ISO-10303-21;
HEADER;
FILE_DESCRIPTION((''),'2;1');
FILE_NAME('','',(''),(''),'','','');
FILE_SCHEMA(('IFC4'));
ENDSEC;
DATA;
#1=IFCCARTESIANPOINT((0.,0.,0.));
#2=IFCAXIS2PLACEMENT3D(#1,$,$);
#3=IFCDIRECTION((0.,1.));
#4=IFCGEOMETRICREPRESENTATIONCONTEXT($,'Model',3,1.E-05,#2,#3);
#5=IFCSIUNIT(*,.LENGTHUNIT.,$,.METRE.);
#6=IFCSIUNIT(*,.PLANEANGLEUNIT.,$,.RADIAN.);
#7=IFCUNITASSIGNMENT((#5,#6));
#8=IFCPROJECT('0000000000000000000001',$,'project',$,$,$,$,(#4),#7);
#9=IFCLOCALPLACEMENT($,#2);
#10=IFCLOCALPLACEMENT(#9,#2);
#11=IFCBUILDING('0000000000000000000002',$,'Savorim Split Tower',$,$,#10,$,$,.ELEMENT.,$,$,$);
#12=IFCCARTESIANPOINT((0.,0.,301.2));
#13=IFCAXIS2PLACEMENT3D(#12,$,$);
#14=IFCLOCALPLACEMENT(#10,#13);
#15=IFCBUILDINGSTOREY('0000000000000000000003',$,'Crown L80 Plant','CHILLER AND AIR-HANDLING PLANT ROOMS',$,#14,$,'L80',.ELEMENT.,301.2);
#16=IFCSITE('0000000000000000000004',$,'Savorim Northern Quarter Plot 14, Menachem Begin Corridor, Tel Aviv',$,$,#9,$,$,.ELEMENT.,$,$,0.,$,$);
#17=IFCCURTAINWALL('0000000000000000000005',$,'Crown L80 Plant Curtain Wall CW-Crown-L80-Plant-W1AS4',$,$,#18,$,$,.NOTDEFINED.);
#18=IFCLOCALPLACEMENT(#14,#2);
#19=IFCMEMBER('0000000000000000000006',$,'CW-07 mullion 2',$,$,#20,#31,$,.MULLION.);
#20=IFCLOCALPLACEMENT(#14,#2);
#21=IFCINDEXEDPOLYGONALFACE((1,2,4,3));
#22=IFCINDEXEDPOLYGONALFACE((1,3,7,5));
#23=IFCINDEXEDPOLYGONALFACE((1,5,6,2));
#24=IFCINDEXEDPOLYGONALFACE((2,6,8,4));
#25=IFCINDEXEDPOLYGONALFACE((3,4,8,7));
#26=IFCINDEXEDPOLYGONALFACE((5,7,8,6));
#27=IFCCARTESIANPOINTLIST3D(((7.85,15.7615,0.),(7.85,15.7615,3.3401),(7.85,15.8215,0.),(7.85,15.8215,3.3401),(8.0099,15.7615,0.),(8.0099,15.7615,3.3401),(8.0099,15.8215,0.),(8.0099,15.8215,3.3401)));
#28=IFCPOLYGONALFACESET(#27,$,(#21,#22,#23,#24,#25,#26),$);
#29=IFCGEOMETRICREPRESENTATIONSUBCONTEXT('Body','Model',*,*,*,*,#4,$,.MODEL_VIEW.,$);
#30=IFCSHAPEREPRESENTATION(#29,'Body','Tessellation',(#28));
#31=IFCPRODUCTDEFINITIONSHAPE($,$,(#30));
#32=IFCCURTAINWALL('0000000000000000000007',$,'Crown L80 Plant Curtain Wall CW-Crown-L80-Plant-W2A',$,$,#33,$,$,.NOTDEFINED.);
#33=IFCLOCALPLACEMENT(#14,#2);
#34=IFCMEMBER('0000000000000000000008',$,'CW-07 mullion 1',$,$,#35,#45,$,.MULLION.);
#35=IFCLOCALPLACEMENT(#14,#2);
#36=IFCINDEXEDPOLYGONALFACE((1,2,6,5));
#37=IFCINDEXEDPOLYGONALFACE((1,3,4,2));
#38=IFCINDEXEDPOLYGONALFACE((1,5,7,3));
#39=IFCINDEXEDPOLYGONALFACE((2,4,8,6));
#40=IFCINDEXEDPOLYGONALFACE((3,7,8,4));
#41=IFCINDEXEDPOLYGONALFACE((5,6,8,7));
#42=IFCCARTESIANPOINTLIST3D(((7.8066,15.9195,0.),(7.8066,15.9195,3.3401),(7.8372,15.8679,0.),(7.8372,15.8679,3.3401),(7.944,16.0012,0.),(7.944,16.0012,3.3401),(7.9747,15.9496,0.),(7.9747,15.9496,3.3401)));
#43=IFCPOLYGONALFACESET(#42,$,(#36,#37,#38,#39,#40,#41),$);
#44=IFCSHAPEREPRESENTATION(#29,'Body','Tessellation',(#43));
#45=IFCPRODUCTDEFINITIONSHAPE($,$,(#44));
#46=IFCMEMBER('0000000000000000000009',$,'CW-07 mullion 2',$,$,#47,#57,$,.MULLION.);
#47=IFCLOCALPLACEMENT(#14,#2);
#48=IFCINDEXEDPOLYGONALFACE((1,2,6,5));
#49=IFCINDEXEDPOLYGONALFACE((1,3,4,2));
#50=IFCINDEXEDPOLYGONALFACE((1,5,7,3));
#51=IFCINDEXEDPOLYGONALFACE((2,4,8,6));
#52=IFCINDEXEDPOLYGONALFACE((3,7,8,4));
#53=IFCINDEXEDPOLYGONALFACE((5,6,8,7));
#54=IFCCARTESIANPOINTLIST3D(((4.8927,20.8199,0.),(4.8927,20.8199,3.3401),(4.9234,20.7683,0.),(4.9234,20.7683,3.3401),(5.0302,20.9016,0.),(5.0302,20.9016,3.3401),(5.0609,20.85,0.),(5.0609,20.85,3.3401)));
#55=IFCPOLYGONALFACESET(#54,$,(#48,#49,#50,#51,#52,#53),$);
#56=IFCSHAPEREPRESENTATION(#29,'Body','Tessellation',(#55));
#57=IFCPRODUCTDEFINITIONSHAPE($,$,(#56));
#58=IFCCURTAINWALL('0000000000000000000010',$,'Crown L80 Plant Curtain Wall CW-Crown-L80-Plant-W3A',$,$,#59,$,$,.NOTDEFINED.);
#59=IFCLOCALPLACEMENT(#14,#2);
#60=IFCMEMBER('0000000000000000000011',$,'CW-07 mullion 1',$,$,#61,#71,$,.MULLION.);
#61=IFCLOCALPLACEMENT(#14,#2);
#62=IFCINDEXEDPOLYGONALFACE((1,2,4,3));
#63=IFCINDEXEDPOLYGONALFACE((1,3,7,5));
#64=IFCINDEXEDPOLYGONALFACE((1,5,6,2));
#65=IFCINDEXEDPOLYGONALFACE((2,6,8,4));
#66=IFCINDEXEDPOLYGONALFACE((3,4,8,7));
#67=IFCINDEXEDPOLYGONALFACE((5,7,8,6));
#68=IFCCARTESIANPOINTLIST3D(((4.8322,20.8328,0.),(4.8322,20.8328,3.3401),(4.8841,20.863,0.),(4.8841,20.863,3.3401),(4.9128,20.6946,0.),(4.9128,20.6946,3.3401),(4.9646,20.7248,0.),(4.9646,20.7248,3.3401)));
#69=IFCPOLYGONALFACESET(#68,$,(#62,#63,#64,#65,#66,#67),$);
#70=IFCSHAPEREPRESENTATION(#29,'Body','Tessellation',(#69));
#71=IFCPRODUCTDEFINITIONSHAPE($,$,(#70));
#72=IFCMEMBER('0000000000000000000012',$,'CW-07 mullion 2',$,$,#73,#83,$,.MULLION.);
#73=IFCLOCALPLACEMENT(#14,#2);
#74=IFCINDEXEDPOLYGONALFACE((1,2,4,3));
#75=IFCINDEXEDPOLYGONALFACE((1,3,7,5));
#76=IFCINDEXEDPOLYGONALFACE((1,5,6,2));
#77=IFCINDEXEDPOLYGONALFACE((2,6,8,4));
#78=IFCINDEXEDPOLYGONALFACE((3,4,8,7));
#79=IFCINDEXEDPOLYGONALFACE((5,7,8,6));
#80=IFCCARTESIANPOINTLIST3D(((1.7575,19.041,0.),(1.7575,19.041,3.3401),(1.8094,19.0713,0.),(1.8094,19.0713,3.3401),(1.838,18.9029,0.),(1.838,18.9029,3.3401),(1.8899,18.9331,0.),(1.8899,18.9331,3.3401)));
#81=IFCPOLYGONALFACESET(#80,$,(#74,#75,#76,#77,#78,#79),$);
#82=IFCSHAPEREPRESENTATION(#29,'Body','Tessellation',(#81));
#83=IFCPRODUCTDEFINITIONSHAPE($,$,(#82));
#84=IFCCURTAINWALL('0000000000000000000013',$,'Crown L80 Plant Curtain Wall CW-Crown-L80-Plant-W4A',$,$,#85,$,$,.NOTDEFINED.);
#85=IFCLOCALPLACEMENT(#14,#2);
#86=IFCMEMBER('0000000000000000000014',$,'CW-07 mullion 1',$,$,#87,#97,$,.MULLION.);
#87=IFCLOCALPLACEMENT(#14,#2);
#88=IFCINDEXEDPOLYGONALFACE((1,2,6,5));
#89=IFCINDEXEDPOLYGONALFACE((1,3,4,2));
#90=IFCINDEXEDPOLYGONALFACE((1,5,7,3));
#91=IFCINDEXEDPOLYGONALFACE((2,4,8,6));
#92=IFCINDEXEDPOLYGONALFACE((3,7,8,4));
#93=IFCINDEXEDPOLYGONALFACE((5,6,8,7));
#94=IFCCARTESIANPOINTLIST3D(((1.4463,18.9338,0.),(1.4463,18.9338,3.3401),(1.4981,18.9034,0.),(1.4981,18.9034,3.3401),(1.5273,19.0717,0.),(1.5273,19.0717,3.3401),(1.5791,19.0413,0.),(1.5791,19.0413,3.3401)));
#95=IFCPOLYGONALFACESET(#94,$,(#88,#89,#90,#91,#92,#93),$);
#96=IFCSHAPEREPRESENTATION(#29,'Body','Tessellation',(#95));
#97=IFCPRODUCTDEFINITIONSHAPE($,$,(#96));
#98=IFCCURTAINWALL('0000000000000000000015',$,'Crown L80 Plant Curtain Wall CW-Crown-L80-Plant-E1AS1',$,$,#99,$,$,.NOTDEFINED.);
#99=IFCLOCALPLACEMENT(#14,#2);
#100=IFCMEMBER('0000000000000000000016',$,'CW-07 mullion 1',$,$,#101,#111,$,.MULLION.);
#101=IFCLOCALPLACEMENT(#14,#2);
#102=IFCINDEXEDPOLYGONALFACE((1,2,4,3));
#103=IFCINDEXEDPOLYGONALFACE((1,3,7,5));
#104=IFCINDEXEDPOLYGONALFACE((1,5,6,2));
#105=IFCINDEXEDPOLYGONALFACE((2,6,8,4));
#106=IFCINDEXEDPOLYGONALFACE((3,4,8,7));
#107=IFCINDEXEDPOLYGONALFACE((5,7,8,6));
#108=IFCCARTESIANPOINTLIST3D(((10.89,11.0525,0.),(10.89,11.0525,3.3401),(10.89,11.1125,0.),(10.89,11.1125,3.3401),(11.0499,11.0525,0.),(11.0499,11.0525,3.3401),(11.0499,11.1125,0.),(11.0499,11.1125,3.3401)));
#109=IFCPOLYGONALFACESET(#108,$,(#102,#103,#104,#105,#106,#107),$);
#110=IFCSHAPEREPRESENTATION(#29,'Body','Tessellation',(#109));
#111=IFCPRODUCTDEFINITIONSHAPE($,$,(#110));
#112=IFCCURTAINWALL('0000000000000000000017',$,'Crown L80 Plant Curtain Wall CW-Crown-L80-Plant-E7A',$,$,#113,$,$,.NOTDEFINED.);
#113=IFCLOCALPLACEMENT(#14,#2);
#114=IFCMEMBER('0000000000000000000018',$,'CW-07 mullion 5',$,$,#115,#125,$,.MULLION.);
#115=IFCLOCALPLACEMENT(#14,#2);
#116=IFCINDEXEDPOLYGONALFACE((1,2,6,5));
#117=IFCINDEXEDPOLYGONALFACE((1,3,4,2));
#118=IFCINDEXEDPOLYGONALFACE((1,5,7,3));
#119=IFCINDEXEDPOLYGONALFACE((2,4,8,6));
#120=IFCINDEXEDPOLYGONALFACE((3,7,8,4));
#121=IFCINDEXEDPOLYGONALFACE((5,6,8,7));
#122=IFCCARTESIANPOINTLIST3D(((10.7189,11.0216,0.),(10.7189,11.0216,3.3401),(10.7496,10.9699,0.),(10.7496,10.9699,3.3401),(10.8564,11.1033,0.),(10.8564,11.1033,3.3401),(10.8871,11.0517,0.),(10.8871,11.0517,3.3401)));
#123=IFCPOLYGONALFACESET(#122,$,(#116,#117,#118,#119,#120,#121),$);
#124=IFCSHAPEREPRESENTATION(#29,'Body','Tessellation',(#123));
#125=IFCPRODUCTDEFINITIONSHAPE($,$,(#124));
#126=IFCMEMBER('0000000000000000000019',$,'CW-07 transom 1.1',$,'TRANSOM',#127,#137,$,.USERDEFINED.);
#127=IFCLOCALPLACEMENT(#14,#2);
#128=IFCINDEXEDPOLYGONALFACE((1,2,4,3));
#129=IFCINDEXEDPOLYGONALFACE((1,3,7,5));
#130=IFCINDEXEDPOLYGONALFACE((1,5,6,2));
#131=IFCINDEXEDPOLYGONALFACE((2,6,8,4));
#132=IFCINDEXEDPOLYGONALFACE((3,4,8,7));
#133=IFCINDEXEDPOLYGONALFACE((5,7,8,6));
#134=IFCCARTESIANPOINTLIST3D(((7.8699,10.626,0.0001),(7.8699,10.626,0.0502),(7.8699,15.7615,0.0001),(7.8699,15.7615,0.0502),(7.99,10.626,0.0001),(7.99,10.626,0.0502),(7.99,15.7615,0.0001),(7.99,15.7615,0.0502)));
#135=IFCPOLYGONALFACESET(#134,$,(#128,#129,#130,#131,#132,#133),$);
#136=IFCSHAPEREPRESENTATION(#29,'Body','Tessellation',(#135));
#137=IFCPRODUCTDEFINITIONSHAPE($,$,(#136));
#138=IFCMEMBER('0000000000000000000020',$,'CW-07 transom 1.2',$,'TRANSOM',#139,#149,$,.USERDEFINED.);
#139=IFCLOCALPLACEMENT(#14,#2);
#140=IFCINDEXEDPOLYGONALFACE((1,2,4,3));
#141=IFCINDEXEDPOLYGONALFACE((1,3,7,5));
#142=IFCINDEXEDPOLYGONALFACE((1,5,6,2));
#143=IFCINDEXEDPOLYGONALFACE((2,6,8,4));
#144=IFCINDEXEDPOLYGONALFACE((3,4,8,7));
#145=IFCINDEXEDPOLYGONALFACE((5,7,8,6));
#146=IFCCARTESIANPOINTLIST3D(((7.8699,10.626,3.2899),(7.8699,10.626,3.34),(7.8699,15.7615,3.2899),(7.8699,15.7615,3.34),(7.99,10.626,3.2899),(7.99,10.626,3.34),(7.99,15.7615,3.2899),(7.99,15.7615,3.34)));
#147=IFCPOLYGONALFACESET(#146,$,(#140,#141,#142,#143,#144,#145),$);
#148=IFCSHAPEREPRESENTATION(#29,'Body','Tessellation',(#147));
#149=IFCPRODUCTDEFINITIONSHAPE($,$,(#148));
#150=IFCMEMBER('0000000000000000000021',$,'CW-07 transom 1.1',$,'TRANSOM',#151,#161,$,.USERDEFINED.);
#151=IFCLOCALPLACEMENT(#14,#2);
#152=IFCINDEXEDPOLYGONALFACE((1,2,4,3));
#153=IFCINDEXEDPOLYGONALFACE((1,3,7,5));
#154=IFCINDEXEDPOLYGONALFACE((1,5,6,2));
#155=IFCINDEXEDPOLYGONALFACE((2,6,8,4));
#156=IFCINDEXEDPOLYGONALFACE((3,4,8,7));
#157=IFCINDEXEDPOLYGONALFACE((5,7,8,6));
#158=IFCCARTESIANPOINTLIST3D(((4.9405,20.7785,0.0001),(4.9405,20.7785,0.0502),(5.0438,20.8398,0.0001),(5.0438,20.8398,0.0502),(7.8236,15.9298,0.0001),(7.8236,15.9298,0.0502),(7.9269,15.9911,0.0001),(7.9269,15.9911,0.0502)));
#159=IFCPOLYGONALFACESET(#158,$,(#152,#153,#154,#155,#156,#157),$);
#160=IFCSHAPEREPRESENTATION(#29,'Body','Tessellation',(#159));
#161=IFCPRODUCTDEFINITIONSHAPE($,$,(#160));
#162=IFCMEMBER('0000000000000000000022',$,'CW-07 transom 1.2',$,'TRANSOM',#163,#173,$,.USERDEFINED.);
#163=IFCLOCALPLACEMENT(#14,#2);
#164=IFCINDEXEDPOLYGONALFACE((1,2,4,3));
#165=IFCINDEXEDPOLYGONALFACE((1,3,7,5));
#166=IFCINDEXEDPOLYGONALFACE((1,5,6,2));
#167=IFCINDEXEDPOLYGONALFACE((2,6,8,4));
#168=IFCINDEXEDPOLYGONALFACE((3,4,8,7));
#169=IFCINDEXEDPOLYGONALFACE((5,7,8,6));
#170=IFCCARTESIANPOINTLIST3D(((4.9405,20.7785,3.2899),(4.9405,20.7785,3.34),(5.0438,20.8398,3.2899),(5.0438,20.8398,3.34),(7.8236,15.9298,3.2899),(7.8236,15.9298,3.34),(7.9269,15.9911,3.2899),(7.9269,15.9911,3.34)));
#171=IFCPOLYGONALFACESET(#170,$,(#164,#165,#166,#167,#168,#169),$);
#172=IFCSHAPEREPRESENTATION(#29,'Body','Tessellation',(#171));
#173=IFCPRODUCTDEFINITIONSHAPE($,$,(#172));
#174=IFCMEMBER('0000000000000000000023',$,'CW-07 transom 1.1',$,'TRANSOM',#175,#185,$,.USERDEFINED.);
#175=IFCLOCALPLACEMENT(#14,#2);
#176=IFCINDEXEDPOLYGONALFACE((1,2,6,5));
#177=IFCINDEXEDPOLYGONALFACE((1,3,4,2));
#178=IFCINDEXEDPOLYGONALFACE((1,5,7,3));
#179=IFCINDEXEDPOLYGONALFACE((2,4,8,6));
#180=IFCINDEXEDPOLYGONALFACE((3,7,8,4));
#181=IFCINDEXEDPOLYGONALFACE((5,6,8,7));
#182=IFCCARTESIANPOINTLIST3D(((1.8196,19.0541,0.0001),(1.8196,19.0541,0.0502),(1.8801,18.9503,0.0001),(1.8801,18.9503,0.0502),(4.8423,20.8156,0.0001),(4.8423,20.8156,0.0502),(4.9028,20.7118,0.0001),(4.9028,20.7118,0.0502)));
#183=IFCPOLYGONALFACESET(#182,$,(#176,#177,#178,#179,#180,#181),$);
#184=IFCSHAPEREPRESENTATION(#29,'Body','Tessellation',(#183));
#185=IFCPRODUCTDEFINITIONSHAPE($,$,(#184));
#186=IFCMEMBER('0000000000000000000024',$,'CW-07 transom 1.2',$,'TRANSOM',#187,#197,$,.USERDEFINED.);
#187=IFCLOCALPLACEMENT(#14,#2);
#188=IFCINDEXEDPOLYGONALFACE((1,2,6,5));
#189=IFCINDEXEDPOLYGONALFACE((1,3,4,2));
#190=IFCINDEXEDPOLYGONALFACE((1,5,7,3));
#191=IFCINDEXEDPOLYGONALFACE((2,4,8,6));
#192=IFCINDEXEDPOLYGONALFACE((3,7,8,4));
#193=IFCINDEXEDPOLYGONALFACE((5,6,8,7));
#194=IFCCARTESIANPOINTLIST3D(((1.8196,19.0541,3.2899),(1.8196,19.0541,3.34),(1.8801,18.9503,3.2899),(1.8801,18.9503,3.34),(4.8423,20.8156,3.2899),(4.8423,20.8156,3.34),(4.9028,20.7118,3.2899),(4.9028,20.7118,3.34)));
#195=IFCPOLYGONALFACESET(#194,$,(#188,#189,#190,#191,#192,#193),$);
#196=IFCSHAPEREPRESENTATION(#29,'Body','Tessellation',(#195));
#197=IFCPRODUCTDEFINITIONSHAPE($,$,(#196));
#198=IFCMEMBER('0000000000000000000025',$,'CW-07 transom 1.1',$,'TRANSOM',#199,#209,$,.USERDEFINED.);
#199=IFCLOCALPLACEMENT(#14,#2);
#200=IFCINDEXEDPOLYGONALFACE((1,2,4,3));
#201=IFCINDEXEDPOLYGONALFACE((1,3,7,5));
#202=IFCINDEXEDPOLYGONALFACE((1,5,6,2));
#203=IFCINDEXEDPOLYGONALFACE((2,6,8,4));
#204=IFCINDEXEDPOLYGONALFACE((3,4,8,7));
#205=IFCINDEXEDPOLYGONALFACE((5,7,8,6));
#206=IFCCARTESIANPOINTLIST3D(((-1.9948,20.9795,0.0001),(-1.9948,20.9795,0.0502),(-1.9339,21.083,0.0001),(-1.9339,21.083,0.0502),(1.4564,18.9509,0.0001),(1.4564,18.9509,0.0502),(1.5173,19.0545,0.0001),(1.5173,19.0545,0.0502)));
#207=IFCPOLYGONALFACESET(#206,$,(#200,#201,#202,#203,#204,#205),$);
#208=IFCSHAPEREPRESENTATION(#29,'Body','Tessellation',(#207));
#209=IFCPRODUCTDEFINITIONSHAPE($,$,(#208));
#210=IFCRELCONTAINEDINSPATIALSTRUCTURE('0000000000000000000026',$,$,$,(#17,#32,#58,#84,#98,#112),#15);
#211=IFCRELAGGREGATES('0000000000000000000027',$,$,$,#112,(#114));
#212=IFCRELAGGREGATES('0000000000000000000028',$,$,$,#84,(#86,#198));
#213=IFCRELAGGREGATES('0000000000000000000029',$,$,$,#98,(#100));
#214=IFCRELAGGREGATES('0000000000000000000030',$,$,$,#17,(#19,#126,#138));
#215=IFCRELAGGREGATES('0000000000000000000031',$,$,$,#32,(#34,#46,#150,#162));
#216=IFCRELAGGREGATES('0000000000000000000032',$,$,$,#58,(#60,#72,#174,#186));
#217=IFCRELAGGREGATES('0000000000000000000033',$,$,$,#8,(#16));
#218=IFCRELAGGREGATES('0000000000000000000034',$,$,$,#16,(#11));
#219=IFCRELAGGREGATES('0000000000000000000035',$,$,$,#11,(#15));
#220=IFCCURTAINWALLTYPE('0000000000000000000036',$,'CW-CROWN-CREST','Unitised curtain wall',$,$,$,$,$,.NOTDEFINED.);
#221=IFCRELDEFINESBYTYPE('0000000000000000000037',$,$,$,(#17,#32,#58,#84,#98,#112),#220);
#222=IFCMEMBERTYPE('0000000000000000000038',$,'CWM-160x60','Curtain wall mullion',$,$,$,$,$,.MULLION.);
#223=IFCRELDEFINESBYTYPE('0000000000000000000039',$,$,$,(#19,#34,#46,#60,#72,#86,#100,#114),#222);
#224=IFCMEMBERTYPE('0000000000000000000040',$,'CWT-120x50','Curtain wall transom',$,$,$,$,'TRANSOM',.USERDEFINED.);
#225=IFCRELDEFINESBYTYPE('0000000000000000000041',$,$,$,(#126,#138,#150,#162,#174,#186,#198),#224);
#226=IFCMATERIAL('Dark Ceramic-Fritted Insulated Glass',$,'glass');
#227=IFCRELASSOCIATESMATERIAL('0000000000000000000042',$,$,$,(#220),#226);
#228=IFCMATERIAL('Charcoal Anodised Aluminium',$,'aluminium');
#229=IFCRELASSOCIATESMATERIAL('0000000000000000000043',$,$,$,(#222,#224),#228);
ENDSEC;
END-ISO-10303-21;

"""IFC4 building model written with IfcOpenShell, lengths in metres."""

from ifc_helpers import new_model, si_unit, direction, frame, origin, origin_2d, place, context, subcontext, project, spatial, rectangle, extrude, material, material_profile, profile_set, type_object, element, aggregate, save


model = new_model("IFC4")

# Units and contexts
model_context = context("Model", 3, precision=1e-05, world=origin(), true_north=direction((0.0, 1.0)))
body_context = subcontext(model_context, "Body", "Model", "MODEL_VIEW")
ifc_project = project(units=[si_unit("LENGTHUNIT", "METRE"), si_unit("PLANEANGLEUNIT", "RADIAN")], contexts=[model_context])

# Site, building, storey
site_placement = place(None, origin())
site = spatial("IfcSite", under=ifc_project, at=site_placement, Name="Savorim Northern Quarter Plot 14, Menachem Begin Corridor, Tel Aviv", CompositionType="ELEMENT", RefElevation=0.0)
building_placement = place(site_placement, origin())
building = spatial("IfcBuilding", under=site, at=building_placement, Name="Savorim Split Tower", CompositionType="ELEMENT")
storey_placement = place(building_placement, frame((0.0, 0.0, 301.2)))
storey = spatial("IfcBuildingStorey", under=building, at=storey_placement, Name="Crown L80 Plant", Description="CHILLER AND AIR-HANDLING PLANT ROOMS", LongName="L80", CompositionType="ELEMENT", Elevation=301.2)

# Curtain wall, member
ifc_material_1 = material(Name="Dark Ceramic-Fritted Insulated Glass", Category="glass")
curtain_wall_type = type_object("IfcCurtainWallType", Name="CW-CROWN-CREST", Description="Unitised curtain wall", PredefinedType="NOTDEFINED", material=ifc_material_1)
curtain_wall_1_placement = place(storey_placement, origin())
curtain_wall_1 = element("IfcCurtainWall", 1, at=curtain_wall_1_placement, inside=storey, type_object=curtain_wall_type, Name="Crown L80 Plant Curtain Wall CW-Crown-L80-Plant-W1AS4", PredefinedType="NOTDEFINED")
ifc_material_2 = material(Name="Charcoal Anodised Aluminium", Category="aluminium")
ifc_material_profile_1 = material_profile(ifc_material_2, rectangle(XDim=0.1599, YDim=0.0601, at=origin_2d()), Name="ALU-M 160x60")
ifc_profile_set_1 = profile_set([ifc_material_profile_1], Name="Charcoal Anodised Aluminium")
member_type_1 = type_object("IfcMemberType", Name="CWM-160x60", Description="Curtain wall mullion", PredefinedType="MULLION", material=ifc_profile_set_1)
member_1_placement = place(storey_placement, frame((7.9299, 15.7915, 0.0), z_axis=(0.0, 0.0, 1.0), x_axis=(-1.0, 0.0, 0.0)))
member_1 = element("IfcMember", 2, at=member_1_placement, type_object=member_type_1, Name="CW-07 mullion 2", PredefinedType="MULLION", context=body_context, shape_type="SweptSolid", body=[
    extrude(rectangle(XDim=0.1599, YDim=0.0601, at=origin_2d()), origin(), (0.0, 0.0, 1.0), 3.3401),
])

# Curtain walls, members
curtain_wall_2_placement = place(storey_placement, origin())
curtain_wall_2 = element("IfcCurtainWall", 3, at=curtain_wall_2_placement, inside=storey, type_object=curtain_wall_type, Name="Crown L80 Plant Curtain Wall CW-Crown-L80-Plant-W2A", PredefinedType="NOTDEFINED")
member_2_placement = place(storey_placement, frame((7.8906, 15.9346, 0.0), z_axis=(0.0, 0.0, 1.0), x_axis=(-0.859519, -0.511105, 0.0)))
member_2 = element("IfcMember", 4, at=member_2_placement, type_object=member_type_1, Name="CW-07 mullion 1", PredefinedType="MULLION", context=body_context, shape_type="SweptSolid", body=[
    extrude(rectangle(XDim=0.1599, YDim=0.0601, at=origin_2d()), origin(), (0.0, 0.0, 1.0), 3.3401),
])
member_3_placement = place(storey_placement, frame((4.9768, 20.835, 0.0), z_axis=(0.0, 0.0, 1.0), x_axis=(-0.859519, -0.511105, 0.0)))
member_3 = element("IfcMember", 5, at=member_3_placement, type_object=member_type_1, Name="CW-07 mullion 2", PredefinedType="MULLION", context=body_context, shape_type="SweptSolid", body=[
    extrude(rectangle(XDim=0.1599, YDim=0.0601, at=origin_2d()), origin(), (0.0, 0.0, 1.0), 3.3401),
])
curtain_wall_3_placement = place(storey_placement, origin())
curtain_wall_3 = element("IfcCurtainWall", 6, at=curtain_wall_3_placement, inside=storey, type_object=curtain_wall_type, Name="Crown L80 Plant Curtain Wall CW-Crown-L80-Plant-W3A", PredefinedType="NOTDEFINED")
member_4_placement = place(storey_placement, frame((4.8984, 20.7788, 0.0), z_axis=(0.0, 0.0, 1.0), x_axis=(0.503514, -0.863987, 0.0)))
member_4 = element("IfcMember", 7, at=member_4_placement, type_object=member_type_1, Name="CW-07 mullion 1", PredefinedType="MULLION", context=body_context, shape_type="SweptSolid", body=[
    extrude(rectangle(XDim=0.1599, YDim=0.0601, at=origin_2d()), origin(), (0.0, 0.0, 1.0), 3.3401),
])
member_5_placement = place(storey_placement, frame((1.8237, 18.9871, 0.0), z_axis=(0.0, 0.0, 1.0), x_axis=(0.503514, -0.863987, 0.0)))
member_5 = element("IfcMember", 8, at=member_5_placement, type_object=member_type_1, Name="CW-07 mullion 2", PredefinedType="MULLION", context=body_context, shape_type="SweptSolid", body=[
    extrude(rectangle(XDim=0.1599, YDim=0.0601, at=origin_2d()), origin(), (0.0, 0.0, 1.0), 3.3401),
])

# Curtain walls, members
curtain_wall_4_placement = place(storey_placement, origin())
curtain_wall_4 = element("IfcCurtainWall", 9, at=curtain_wall_4_placement, inside=storey, type_object=curtain_wall_type, Name="Crown L80 Plant Curtain Wall CW-Crown-L80-Plant-W4A", PredefinedType="NOTDEFINED")
member_6_placement = place(storey_placement, frame((1.5127, 18.9875, 0.0), z_axis=(0.0, 0.0, 1.0), x_axis=(-0.506706, -0.862119, 0.0)))
member_6 = element("IfcMember", 10, at=member_6_placement, type_object=member_type_1, Name="CW-07 mullion 1", PredefinedType="MULLION", context=body_context, shape_type="SweptSolid", body=[
    extrude(rectangle(XDim=0.1599, YDim=0.0601, at=origin_2d()), origin(), (0.0, 0.0, 1.0), 3.3401),
])
curtain_wall_5_placement = place(storey_placement, origin())
curtain_wall_5 = element("IfcCurtainWall", 11, at=curtain_wall_5_placement, inside=storey, type_object=curtain_wall_type, Name="Crown L80 Plant Curtain Wall CW-Crown-L80-Plant-E1AS1", PredefinedType="NOTDEFINED")
member_7_placement = place(storey_placement, frame((10.97, 11.0825, 0.0), z_axis=(0.0, 0.0, 1.0), x_axis=(1.0, 0.0, 0.0)))
member_7 = element("IfcMember", 12, at=member_7_placement, type_object=member_type_1, Name="CW-07 mullion 1", PredefinedType="MULLION", context=body_context, shape_type="SweptSolid", body=[
    extrude(rectangle(XDim=0.1599, YDim=0.0601, at=origin_2d()), origin(), (0.0, 0.0, 1.0), 3.3401),
])
curtain_wall_6_placement = place(storey_placement, origin())
curtain_wall_6 = element("IfcCurtainWall", 13, at=curtain_wall_6_placement, inside=storey, type_object=curtain_wall_type, Name="Crown L80 Plant Curtain Wall CW-Crown-L80-Plant-E7A", PredefinedType="NOTDEFINED")
member_8_placement = place(storey_placement, frame((10.803, 11.0366, 0.0), z_axis=(0.0, 0.0, 1.0), x_axis=(-0.859524, -0.511095, 0.0)))
member_8 = element("IfcMember", 14, at=member_8_placement, type_object=member_type_1, Name="CW-07 mullion 5", PredefinedType="MULLION", context=body_context, shape_type="SweptSolid", body=[
    extrude(rectangle(XDim=0.1599, YDim=0.0601, at=origin_2d()), origin(), (0.0, 0.0, 1.0), 3.3401),
])
aggregate(curtain_wall_6, [member_8])

# Members
ifc_material_profile_2 = material_profile(ifc_material_2, rectangle(XDim=0.1201, YDim=0.05, at=origin_2d()), Name="ALU-T 120x50")
ifc_profile_set_2 = profile_set([ifc_material_profile_2], Name="Charcoal Anodised Aluminium")
member_type_2 = type_object("IfcMemberType", Name="CWT-120x50", Description="Curtain wall transom", ElementType="TRANSOM", PredefinedType="USERDEFINED", material=ifc_profile_set_2)
member_9_placement = place(storey_placement, frame((7.9299, 10.626, 0.0251), z_axis=(0.0, 1.0, 0.0), x_axis=(-1.0, 0.0, 0.0)))
member_9 = element("IfcMember", 15, at=member_9_placement, type_object=member_type_2, Name="CW-07 transom 1.1", ObjectType="TRANSOM", PredefinedType="USERDEFINED", context=body_context, shape_type="SweptSolid", body=[
    extrude(rectangle(XDim=0.1201, YDim=0.05, at=origin_2d()), origin(), (0.0, 0.0, 1.0), 5.1355),
])
member_10_placement = place(storey_placement, frame((7.9299, 10.626, 3.3149), z_axis=(0.0, 1.0, 0.0), x_axis=(-1.0, 0.0, 0.0)))
member_10 = element("IfcMember", 16, at=member_10_placement, type_object=member_type_2, Name="CW-07 transom 1.2", ObjectType="TRANSOM", PredefinedType="USERDEFINED", context=body_context, shape_type="SweptSolid", body=[
    extrude(rectangle(XDim=0.1201, YDim=0.05, at=origin_2d()), origin(), (0.0, 0.0, 1.0), 5.1355),
])
member_11_placement = place(storey_placement, frame((7.8752, 15.9604, 0.0251), z_axis=(-0.511087, 0.859529, 0.0), x_axis=(-0.859529, -0.511087, 0.0)))
member_11 = element("IfcMember", 17, at=member_11_placement, type_object=member_type_2, Name="CW-07 transom 1.1", ObjectType="TRANSOM", PredefinedType="USERDEFINED", context=body_context, shape_type="SweptSolid", body=[
    extrude(rectangle(XDim=0.1201, YDim=0.05, at=origin_2d()), origin(), (0.0, 0.0, 1.0), 5.6411),
])
member_12_placement = place(storey_placement, frame((7.8752, 15.9604, 3.3149), z_axis=(-0.511087, 0.859529, 0.0), x_axis=(-0.859529, -0.511087, 0.0)))
member_12 = element("IfcMember", 18, at=member_12_placement, type_object=member_type_2, Name="CW-07 transom 1.2", ObjectType="TRANSOM", PredefinedType="USERDEFINED", context=body_context, shape_type="SweptSolid", body=[
    extrude(rectangle(XDim=0.1201, YDim=0.05, at=origin_2d()), origin(), (0.0, 0.0, 1.0), 5.6411),
])
member_13_placement = place(storey_placement, frame((4.8726, 20.7637, 0.0251), z_axis=(-0.863999, -0.503493, 0.0), x_axis=(0.503493, -0.863999, 0.0)))
member_13 = element("IfcMember", 19, at=member_13_placement, type_object=member_type_2, Name="CW-07 transom 1.1", ObjectType="TRANSOM", PredefinedType="USERDEFINED", context=body_context, shape_type="SweptSolid", body=[
    extrude(rectangle(XDim=0.1201, YDim=0.05, at=origin_2d()), origin(), (0.0, 0.0, 1.0), 3.4985),
])
member_14_placement = place(storey_placement, frame((4.8726, 20.7637, 3.3149), z_axis=(-0.863999, -0.503493, 0.0), x_axis=(0.503493, -0.863999, 0.0)))
member_14 = element("IfcMember", 20, at=member_14_placement, type_object=member_type_2, Name="CW-07 transom 1.2", ObjectType="TRANSOM", PredefinedType="USERDEFINED", context=body_context, shape_type="SweptSolid", body=[
    extrude(rectangle(XDim=0.1201, YDim=0.05, at=origin_2d()), origin(), (0.0, 0.0, 1.0), 3.4985),
])
member_15_placement = place(storey_placement, frame((1.4868, 19.0027, 0.0251), z_axis=(-0.862102, 0.506735, 0.0), x_axis=(-0.506735, -0.862102, 0.0)))
member_15 = element("IfcMember", 21, at=member_15_placement, type_object=member_type_2, Name="CW-07 transom 1.1", ObjectType="TRANSOM", PredefinedType="USERDEFINED", context=body_context, shape_type="SweptSolid", body=[
    extrude(rectangle(XDim=0.1201, YDim=0.05, at=origin_2d()), origin(), (0.0, 0.0, 1.0), 4.0032),
])
aggregate(curtain_wall_4, [member_6, member_15])
aggregate(curtain_wall_5, [member_7])

aggregate(curtain_wall_1, [member_1, member_9, member_10])
aggregate(curtain_wall_2, [member_2, member_3, member_11, member_12])
aggregate(curtain_wall_3, [member_4, member_5, member_13, member_14])

save(model, "model.ifc")
